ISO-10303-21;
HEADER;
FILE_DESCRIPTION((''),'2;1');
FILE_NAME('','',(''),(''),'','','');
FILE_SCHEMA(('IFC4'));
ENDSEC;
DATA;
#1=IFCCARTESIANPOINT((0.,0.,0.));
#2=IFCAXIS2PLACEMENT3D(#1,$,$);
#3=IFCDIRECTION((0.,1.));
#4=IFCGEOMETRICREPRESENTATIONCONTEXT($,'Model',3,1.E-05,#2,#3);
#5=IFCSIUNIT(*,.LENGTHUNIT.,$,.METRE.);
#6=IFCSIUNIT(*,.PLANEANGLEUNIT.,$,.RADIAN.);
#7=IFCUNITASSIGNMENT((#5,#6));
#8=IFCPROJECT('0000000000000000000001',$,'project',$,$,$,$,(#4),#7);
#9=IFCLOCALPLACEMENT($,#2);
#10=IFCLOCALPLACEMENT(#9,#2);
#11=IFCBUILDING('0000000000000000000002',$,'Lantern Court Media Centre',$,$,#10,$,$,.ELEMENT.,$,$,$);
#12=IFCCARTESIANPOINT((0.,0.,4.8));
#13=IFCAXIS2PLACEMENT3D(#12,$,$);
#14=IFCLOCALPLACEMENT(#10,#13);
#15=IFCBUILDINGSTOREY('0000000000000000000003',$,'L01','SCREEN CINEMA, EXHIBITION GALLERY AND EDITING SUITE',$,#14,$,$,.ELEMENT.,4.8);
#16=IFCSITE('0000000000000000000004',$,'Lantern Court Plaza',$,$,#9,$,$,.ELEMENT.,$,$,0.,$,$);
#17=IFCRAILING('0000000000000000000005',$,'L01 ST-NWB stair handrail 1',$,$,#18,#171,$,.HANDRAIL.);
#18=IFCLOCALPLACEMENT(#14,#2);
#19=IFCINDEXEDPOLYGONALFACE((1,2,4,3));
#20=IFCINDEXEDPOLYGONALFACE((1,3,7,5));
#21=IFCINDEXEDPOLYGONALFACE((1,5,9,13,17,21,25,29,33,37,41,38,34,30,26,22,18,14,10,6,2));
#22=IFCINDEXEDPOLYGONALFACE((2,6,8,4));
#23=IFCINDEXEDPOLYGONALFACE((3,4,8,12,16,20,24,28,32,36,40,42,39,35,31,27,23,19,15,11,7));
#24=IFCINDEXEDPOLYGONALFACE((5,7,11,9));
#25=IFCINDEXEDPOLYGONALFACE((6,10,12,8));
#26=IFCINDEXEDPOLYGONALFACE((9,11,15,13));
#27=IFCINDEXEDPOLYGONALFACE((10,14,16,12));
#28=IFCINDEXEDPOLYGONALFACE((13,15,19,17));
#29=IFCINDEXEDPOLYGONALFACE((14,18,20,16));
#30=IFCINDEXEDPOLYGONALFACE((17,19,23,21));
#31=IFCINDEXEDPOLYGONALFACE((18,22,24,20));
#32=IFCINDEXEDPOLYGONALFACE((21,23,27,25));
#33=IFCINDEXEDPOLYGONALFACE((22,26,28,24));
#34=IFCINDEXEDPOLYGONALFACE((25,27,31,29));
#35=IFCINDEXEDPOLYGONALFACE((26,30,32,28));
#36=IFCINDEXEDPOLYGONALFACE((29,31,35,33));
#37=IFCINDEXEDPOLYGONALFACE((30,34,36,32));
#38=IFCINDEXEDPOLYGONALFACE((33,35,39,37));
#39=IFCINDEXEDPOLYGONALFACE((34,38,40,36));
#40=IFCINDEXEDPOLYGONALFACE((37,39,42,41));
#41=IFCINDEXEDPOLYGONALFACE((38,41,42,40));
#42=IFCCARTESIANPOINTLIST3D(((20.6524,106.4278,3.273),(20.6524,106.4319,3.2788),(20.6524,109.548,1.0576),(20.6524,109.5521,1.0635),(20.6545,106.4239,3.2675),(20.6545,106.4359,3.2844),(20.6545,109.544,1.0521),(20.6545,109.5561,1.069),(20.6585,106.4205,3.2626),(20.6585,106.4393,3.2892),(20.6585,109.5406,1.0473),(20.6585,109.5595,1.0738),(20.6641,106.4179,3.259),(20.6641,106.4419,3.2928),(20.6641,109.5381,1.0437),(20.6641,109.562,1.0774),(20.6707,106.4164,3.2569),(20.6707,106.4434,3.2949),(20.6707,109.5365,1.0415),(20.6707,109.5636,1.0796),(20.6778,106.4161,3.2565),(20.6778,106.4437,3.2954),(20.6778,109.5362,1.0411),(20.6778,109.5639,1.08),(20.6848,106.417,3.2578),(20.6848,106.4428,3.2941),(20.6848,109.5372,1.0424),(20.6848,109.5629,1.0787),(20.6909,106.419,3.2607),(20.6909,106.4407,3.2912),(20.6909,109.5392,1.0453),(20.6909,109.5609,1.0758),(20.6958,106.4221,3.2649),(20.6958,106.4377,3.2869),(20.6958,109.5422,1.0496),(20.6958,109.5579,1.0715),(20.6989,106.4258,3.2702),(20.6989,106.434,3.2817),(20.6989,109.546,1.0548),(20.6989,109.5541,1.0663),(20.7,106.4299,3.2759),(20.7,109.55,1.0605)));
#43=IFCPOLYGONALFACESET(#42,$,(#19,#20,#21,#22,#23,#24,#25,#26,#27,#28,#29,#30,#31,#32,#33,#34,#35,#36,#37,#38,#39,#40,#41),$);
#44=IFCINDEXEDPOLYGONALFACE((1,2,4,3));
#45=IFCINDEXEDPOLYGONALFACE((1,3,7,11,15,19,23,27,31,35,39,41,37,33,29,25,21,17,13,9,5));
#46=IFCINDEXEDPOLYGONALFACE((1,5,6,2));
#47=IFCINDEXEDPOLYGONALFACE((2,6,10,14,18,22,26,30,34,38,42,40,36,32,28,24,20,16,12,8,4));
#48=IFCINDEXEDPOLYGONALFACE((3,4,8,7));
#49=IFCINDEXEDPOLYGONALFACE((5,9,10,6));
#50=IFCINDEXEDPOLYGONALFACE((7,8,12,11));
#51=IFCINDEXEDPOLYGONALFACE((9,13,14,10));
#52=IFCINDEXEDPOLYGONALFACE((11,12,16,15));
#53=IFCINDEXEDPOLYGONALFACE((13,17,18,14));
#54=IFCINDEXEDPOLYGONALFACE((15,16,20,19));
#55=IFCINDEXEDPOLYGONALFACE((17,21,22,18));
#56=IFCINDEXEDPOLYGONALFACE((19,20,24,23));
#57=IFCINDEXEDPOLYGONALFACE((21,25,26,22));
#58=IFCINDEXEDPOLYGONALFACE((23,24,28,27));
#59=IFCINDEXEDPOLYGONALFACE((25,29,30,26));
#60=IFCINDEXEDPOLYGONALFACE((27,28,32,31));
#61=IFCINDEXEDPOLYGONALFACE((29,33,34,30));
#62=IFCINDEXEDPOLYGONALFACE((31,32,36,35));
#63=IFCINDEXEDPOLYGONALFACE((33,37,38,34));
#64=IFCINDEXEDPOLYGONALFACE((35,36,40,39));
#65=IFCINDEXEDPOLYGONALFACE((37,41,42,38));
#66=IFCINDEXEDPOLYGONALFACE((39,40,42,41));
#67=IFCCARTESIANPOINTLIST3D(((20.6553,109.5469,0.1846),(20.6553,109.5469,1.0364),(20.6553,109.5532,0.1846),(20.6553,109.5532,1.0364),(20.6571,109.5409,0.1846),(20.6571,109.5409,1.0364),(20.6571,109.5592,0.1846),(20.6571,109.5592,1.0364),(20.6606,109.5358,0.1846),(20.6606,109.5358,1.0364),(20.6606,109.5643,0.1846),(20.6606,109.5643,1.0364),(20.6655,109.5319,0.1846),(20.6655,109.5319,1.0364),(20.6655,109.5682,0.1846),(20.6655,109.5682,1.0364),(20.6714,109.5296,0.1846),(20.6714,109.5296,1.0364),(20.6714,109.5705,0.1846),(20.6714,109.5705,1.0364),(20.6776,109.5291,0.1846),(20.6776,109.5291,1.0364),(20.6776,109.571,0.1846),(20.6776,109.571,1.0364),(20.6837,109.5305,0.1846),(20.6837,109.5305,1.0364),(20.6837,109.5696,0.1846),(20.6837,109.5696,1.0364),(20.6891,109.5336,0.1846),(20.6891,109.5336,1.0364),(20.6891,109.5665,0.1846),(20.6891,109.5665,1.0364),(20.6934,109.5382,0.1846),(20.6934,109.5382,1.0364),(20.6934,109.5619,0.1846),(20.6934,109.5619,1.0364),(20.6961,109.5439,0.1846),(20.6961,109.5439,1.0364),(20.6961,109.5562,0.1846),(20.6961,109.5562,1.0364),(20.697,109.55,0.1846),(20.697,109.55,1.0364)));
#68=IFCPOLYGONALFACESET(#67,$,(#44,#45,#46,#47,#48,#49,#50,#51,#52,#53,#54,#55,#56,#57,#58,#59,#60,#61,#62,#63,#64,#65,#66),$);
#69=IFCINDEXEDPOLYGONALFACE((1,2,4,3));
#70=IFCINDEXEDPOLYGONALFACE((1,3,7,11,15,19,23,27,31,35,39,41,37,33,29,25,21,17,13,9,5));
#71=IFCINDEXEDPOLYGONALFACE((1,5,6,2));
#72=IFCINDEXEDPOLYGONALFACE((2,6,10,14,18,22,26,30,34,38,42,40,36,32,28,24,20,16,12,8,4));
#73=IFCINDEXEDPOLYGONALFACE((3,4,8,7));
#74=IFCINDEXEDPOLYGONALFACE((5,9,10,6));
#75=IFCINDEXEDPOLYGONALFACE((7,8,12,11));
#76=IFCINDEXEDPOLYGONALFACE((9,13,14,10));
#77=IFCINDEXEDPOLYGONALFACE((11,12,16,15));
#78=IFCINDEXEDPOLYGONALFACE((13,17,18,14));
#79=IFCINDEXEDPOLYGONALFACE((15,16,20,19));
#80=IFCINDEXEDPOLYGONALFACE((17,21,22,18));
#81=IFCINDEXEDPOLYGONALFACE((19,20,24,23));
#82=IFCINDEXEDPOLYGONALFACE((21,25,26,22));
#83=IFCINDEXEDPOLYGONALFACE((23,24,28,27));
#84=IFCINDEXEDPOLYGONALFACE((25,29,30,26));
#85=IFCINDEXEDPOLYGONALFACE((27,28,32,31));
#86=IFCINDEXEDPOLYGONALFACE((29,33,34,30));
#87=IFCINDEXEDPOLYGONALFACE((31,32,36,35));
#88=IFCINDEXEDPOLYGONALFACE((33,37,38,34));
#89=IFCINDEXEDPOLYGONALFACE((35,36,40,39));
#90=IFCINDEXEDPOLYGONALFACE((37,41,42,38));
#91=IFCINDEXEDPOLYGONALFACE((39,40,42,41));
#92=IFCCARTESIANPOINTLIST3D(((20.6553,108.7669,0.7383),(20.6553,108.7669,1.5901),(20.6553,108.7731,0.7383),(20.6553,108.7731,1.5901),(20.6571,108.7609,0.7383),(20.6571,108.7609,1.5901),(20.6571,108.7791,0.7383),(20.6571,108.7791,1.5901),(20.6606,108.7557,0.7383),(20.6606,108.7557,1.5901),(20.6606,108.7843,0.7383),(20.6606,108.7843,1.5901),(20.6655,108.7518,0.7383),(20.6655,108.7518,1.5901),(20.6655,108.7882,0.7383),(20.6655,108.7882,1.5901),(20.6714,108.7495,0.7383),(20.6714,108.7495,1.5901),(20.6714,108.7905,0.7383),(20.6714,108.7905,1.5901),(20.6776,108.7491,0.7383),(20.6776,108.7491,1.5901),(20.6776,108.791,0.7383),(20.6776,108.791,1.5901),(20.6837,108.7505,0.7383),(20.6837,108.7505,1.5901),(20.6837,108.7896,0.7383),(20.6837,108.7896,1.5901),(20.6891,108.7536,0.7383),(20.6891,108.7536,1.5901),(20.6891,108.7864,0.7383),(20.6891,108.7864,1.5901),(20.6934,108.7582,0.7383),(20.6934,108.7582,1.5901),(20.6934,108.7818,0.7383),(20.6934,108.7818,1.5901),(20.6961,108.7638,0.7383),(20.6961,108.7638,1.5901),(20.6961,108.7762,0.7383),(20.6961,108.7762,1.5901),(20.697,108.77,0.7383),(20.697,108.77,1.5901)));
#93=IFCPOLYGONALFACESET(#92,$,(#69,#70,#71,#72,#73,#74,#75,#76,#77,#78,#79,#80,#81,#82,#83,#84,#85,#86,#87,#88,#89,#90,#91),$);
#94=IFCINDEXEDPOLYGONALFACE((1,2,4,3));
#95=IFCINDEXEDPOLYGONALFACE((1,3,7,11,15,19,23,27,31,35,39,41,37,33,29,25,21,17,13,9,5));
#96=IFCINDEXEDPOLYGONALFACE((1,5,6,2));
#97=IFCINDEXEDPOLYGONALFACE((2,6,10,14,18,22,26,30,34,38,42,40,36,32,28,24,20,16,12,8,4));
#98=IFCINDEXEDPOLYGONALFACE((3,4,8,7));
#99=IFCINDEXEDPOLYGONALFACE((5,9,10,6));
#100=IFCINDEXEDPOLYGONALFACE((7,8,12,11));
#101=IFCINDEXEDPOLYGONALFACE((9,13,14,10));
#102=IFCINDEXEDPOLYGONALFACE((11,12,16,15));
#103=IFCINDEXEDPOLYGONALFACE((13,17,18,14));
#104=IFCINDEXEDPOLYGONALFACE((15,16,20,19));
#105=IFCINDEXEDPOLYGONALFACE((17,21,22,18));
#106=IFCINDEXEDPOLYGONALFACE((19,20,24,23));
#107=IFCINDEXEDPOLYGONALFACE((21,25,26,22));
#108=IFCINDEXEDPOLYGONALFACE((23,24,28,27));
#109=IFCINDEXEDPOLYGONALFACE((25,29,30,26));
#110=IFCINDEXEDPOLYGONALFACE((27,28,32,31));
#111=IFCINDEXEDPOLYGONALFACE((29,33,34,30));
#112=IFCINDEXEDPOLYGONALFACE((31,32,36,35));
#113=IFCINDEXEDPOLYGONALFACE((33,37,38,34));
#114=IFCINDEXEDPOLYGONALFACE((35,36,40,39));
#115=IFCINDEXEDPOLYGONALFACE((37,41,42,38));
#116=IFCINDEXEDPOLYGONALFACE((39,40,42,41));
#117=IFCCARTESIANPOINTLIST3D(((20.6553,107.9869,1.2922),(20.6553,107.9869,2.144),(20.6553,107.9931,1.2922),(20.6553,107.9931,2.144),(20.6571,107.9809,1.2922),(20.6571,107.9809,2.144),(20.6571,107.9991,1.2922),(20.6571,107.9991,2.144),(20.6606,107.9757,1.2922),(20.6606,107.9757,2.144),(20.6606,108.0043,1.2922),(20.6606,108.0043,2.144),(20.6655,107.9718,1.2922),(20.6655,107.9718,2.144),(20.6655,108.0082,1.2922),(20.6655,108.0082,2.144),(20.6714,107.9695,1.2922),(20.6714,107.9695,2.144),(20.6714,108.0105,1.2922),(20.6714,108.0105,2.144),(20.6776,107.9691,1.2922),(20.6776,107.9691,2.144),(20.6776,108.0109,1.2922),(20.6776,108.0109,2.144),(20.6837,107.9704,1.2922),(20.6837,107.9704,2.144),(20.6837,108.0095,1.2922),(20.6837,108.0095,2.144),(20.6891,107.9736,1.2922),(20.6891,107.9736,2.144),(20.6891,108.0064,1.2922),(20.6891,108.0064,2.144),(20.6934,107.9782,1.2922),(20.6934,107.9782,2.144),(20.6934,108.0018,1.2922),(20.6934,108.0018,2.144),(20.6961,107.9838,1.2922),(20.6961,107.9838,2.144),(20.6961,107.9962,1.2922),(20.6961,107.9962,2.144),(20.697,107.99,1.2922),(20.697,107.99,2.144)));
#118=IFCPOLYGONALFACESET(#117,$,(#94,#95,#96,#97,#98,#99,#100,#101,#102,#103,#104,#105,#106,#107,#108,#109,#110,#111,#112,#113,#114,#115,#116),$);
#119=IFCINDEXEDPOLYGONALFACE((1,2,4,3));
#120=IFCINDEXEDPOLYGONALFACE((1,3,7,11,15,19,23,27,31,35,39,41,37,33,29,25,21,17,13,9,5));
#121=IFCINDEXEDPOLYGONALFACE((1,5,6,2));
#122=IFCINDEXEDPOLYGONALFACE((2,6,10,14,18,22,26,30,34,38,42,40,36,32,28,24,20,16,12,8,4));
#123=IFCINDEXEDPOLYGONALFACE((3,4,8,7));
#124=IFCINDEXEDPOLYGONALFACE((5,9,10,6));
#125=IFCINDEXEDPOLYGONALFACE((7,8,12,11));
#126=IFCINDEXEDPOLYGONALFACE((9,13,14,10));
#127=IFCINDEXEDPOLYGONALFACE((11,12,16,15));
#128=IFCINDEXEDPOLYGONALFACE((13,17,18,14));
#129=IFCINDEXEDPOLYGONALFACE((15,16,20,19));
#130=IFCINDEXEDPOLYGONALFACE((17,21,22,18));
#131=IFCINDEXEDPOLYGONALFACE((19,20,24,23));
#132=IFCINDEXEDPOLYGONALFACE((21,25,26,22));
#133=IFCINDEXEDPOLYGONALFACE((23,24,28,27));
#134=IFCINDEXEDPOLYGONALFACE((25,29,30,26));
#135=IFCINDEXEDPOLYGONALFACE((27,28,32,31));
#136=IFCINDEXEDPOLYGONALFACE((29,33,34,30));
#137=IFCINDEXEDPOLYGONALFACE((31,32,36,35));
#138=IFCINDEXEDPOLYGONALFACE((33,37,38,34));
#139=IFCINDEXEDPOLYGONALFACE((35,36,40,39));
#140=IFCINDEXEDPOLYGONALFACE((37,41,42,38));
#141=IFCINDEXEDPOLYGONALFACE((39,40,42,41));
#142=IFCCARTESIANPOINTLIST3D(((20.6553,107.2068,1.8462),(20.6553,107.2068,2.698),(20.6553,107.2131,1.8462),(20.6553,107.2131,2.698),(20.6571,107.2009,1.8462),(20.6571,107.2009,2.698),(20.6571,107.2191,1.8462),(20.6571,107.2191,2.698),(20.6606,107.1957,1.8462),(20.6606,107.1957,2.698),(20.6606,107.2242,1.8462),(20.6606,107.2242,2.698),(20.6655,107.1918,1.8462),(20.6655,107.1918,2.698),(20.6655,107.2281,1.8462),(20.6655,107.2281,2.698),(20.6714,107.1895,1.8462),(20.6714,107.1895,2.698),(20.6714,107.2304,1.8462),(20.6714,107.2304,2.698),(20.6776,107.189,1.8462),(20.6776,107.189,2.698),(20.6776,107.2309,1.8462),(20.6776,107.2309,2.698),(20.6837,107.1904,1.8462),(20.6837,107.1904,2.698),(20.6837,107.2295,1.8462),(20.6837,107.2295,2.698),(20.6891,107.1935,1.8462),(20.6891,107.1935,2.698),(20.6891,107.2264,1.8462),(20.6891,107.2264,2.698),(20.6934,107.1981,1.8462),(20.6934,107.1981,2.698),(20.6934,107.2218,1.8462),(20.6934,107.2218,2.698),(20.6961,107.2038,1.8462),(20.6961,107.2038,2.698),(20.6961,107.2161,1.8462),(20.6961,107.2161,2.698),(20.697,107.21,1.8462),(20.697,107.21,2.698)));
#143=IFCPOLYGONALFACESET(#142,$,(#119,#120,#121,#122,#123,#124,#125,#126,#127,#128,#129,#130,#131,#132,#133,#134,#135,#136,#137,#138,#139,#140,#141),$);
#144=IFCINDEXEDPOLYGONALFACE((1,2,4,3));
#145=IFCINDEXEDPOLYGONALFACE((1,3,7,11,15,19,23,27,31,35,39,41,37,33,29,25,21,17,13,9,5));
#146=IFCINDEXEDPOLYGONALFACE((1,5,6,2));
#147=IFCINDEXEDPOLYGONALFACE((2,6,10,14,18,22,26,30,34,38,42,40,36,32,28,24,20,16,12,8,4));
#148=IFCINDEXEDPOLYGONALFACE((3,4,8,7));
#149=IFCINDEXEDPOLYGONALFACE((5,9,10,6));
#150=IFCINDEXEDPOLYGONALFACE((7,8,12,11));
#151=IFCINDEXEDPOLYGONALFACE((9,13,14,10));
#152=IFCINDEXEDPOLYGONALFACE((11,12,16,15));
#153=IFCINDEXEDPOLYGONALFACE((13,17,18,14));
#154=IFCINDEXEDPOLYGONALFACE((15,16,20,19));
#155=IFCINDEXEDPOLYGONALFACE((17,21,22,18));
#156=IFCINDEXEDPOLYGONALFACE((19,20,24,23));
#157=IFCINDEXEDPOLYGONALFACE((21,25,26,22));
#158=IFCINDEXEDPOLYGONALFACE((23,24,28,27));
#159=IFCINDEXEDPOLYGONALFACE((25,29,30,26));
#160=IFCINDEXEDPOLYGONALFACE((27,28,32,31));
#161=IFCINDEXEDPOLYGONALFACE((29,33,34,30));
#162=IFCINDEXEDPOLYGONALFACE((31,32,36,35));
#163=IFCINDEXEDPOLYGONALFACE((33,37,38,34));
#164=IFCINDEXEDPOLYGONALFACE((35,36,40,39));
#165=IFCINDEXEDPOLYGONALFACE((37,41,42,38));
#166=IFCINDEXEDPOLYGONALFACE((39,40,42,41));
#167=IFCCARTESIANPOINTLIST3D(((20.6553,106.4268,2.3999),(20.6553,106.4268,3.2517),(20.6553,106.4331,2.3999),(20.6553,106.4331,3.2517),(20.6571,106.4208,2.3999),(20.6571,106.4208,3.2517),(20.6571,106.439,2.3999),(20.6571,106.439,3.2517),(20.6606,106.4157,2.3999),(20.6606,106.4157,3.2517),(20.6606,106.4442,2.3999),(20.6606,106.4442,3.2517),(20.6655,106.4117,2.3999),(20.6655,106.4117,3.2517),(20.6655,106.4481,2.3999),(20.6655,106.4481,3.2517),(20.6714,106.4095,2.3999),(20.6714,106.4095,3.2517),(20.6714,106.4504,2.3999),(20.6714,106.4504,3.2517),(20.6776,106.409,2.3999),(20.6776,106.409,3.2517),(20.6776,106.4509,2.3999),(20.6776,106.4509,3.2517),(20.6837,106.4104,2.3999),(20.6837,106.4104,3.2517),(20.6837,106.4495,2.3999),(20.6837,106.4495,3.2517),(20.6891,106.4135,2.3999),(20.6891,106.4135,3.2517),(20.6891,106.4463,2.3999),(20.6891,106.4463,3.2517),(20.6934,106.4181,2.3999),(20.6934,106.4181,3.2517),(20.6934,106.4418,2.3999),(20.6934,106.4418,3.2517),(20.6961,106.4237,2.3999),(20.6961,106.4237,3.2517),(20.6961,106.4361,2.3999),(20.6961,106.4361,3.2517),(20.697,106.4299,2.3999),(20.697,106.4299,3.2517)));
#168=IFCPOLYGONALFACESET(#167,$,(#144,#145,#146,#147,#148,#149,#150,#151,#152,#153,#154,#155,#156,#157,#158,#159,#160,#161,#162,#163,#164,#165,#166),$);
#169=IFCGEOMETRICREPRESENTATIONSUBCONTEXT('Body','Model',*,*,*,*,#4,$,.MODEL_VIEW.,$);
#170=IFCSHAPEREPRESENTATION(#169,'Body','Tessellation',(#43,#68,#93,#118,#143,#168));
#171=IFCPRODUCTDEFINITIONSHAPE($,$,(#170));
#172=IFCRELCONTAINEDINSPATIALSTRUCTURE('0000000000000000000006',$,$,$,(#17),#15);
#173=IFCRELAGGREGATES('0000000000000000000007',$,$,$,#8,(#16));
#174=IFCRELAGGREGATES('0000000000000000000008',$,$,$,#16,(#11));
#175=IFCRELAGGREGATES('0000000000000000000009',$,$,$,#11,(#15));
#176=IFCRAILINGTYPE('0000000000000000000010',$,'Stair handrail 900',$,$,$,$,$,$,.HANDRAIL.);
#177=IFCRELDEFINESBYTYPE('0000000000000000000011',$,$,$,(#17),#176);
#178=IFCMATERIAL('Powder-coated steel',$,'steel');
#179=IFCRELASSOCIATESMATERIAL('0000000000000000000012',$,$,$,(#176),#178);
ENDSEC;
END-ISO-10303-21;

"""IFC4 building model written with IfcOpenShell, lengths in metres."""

from ifc_helpers import new_model, si_unit, direction, frame, origin, origin_2d, place, context, subcontext, project, spatial, circle, extrude, material, type_object, element, save


model = new_model("IFC4")

# Units and contexts
model_context = context("Model", 3, precision=1e-05, world=origin(), true_north=direction((0.0, 1.0)))
body_context = subcontext(model_context, "Body", "Model", "MODEL_VIEW")
ifc_project = project(units=[si_unit("LENGTHUNIT", "METRE"), si_unit("PLANEANGLEUNIT", "RADIAN")], contexts=[model_context])

# Site, building, storey
site_placement = place(None, origin())
site = spatial("IfcSite", under=ifc_project, at=site_placement, Name="Lantern Court Plaza", CompositionType="ELEMENT", RefElevation=0.0)
building_placement = place(site_placement, origin())
building = spatial("IfcBuilding", under=site, at=building_placement, Name="Lantern Court Media Centre", CompositionType="ELEMENT")
storey_placement = place(building_placement, frame((0.0, 0.0, 4.8)))
storey = spatial("IfcBuildingStorey", under=building, at=storey_placement, Name="L01", Description="SCREEN CINEMA, EXHIBITION GALLERY AND EDITING SUITE", CompositionType="ELEMENT", Elevation=4.8)

# Shared definitions
ifc_material_1 = material(Name="Powder-coated steel", Category="steel")

# Railing
railing_type_1 = type_object("IfcRailingType", Name="Stair handrail 900", PredefinedType="HANDRAIL", material=ifc_material_1)
railing_1_placement = place(storey_placement, frame((20.676, 109.55, 0.1846)))
element("IfcRailing", 1, at=railing_1_placement, inside=storey, type_object=railing_type_1, Name="L01 ST-NWB stair handrail 1", PredefinedType="HANDRAIL", context=body_context, shape_type="SweptSolid", body=[
    extrude(circle(Radius=0.0239, at=origin_2d()), frame((0.0, 0.0, 0.876), z_axis=(0.0, -0.815377, 0.57893), x_axis=(1.0, 0.0, 0.0)), (0.0, 0.0, 1.0), 3.8267),
    extrude(circle(Radius=0.021, at=origin_2d()), origin(), (0.0, 0.0, 1.0), 0.8518),
    extrude(circle(Radius=0.021, at=origin_2d()), frame((0.0, -0.78, 0.5537)), (0.0, 0.0, 1.0), 0.8518),
    extrude(circle(Radius=0.021, at=origin_2d()), frame((0.0, -1.5601, 1.1077)), (0.0, 0.0, 1.0), 0.8518),
    extrude(circle(Radius=0.021, at=origin_2d()), frame((0.0, -2.3401, 1.6616)), (0.0, 0.0, 1.0), 0.8518),
    extrude(circle(Radius=0.021, at=origin_2d()), frame((0.0, -3.1201, 2.2153)), (0.0, 0.0, 1.0), 0.8518),
])

save(model, "model.ifc")
